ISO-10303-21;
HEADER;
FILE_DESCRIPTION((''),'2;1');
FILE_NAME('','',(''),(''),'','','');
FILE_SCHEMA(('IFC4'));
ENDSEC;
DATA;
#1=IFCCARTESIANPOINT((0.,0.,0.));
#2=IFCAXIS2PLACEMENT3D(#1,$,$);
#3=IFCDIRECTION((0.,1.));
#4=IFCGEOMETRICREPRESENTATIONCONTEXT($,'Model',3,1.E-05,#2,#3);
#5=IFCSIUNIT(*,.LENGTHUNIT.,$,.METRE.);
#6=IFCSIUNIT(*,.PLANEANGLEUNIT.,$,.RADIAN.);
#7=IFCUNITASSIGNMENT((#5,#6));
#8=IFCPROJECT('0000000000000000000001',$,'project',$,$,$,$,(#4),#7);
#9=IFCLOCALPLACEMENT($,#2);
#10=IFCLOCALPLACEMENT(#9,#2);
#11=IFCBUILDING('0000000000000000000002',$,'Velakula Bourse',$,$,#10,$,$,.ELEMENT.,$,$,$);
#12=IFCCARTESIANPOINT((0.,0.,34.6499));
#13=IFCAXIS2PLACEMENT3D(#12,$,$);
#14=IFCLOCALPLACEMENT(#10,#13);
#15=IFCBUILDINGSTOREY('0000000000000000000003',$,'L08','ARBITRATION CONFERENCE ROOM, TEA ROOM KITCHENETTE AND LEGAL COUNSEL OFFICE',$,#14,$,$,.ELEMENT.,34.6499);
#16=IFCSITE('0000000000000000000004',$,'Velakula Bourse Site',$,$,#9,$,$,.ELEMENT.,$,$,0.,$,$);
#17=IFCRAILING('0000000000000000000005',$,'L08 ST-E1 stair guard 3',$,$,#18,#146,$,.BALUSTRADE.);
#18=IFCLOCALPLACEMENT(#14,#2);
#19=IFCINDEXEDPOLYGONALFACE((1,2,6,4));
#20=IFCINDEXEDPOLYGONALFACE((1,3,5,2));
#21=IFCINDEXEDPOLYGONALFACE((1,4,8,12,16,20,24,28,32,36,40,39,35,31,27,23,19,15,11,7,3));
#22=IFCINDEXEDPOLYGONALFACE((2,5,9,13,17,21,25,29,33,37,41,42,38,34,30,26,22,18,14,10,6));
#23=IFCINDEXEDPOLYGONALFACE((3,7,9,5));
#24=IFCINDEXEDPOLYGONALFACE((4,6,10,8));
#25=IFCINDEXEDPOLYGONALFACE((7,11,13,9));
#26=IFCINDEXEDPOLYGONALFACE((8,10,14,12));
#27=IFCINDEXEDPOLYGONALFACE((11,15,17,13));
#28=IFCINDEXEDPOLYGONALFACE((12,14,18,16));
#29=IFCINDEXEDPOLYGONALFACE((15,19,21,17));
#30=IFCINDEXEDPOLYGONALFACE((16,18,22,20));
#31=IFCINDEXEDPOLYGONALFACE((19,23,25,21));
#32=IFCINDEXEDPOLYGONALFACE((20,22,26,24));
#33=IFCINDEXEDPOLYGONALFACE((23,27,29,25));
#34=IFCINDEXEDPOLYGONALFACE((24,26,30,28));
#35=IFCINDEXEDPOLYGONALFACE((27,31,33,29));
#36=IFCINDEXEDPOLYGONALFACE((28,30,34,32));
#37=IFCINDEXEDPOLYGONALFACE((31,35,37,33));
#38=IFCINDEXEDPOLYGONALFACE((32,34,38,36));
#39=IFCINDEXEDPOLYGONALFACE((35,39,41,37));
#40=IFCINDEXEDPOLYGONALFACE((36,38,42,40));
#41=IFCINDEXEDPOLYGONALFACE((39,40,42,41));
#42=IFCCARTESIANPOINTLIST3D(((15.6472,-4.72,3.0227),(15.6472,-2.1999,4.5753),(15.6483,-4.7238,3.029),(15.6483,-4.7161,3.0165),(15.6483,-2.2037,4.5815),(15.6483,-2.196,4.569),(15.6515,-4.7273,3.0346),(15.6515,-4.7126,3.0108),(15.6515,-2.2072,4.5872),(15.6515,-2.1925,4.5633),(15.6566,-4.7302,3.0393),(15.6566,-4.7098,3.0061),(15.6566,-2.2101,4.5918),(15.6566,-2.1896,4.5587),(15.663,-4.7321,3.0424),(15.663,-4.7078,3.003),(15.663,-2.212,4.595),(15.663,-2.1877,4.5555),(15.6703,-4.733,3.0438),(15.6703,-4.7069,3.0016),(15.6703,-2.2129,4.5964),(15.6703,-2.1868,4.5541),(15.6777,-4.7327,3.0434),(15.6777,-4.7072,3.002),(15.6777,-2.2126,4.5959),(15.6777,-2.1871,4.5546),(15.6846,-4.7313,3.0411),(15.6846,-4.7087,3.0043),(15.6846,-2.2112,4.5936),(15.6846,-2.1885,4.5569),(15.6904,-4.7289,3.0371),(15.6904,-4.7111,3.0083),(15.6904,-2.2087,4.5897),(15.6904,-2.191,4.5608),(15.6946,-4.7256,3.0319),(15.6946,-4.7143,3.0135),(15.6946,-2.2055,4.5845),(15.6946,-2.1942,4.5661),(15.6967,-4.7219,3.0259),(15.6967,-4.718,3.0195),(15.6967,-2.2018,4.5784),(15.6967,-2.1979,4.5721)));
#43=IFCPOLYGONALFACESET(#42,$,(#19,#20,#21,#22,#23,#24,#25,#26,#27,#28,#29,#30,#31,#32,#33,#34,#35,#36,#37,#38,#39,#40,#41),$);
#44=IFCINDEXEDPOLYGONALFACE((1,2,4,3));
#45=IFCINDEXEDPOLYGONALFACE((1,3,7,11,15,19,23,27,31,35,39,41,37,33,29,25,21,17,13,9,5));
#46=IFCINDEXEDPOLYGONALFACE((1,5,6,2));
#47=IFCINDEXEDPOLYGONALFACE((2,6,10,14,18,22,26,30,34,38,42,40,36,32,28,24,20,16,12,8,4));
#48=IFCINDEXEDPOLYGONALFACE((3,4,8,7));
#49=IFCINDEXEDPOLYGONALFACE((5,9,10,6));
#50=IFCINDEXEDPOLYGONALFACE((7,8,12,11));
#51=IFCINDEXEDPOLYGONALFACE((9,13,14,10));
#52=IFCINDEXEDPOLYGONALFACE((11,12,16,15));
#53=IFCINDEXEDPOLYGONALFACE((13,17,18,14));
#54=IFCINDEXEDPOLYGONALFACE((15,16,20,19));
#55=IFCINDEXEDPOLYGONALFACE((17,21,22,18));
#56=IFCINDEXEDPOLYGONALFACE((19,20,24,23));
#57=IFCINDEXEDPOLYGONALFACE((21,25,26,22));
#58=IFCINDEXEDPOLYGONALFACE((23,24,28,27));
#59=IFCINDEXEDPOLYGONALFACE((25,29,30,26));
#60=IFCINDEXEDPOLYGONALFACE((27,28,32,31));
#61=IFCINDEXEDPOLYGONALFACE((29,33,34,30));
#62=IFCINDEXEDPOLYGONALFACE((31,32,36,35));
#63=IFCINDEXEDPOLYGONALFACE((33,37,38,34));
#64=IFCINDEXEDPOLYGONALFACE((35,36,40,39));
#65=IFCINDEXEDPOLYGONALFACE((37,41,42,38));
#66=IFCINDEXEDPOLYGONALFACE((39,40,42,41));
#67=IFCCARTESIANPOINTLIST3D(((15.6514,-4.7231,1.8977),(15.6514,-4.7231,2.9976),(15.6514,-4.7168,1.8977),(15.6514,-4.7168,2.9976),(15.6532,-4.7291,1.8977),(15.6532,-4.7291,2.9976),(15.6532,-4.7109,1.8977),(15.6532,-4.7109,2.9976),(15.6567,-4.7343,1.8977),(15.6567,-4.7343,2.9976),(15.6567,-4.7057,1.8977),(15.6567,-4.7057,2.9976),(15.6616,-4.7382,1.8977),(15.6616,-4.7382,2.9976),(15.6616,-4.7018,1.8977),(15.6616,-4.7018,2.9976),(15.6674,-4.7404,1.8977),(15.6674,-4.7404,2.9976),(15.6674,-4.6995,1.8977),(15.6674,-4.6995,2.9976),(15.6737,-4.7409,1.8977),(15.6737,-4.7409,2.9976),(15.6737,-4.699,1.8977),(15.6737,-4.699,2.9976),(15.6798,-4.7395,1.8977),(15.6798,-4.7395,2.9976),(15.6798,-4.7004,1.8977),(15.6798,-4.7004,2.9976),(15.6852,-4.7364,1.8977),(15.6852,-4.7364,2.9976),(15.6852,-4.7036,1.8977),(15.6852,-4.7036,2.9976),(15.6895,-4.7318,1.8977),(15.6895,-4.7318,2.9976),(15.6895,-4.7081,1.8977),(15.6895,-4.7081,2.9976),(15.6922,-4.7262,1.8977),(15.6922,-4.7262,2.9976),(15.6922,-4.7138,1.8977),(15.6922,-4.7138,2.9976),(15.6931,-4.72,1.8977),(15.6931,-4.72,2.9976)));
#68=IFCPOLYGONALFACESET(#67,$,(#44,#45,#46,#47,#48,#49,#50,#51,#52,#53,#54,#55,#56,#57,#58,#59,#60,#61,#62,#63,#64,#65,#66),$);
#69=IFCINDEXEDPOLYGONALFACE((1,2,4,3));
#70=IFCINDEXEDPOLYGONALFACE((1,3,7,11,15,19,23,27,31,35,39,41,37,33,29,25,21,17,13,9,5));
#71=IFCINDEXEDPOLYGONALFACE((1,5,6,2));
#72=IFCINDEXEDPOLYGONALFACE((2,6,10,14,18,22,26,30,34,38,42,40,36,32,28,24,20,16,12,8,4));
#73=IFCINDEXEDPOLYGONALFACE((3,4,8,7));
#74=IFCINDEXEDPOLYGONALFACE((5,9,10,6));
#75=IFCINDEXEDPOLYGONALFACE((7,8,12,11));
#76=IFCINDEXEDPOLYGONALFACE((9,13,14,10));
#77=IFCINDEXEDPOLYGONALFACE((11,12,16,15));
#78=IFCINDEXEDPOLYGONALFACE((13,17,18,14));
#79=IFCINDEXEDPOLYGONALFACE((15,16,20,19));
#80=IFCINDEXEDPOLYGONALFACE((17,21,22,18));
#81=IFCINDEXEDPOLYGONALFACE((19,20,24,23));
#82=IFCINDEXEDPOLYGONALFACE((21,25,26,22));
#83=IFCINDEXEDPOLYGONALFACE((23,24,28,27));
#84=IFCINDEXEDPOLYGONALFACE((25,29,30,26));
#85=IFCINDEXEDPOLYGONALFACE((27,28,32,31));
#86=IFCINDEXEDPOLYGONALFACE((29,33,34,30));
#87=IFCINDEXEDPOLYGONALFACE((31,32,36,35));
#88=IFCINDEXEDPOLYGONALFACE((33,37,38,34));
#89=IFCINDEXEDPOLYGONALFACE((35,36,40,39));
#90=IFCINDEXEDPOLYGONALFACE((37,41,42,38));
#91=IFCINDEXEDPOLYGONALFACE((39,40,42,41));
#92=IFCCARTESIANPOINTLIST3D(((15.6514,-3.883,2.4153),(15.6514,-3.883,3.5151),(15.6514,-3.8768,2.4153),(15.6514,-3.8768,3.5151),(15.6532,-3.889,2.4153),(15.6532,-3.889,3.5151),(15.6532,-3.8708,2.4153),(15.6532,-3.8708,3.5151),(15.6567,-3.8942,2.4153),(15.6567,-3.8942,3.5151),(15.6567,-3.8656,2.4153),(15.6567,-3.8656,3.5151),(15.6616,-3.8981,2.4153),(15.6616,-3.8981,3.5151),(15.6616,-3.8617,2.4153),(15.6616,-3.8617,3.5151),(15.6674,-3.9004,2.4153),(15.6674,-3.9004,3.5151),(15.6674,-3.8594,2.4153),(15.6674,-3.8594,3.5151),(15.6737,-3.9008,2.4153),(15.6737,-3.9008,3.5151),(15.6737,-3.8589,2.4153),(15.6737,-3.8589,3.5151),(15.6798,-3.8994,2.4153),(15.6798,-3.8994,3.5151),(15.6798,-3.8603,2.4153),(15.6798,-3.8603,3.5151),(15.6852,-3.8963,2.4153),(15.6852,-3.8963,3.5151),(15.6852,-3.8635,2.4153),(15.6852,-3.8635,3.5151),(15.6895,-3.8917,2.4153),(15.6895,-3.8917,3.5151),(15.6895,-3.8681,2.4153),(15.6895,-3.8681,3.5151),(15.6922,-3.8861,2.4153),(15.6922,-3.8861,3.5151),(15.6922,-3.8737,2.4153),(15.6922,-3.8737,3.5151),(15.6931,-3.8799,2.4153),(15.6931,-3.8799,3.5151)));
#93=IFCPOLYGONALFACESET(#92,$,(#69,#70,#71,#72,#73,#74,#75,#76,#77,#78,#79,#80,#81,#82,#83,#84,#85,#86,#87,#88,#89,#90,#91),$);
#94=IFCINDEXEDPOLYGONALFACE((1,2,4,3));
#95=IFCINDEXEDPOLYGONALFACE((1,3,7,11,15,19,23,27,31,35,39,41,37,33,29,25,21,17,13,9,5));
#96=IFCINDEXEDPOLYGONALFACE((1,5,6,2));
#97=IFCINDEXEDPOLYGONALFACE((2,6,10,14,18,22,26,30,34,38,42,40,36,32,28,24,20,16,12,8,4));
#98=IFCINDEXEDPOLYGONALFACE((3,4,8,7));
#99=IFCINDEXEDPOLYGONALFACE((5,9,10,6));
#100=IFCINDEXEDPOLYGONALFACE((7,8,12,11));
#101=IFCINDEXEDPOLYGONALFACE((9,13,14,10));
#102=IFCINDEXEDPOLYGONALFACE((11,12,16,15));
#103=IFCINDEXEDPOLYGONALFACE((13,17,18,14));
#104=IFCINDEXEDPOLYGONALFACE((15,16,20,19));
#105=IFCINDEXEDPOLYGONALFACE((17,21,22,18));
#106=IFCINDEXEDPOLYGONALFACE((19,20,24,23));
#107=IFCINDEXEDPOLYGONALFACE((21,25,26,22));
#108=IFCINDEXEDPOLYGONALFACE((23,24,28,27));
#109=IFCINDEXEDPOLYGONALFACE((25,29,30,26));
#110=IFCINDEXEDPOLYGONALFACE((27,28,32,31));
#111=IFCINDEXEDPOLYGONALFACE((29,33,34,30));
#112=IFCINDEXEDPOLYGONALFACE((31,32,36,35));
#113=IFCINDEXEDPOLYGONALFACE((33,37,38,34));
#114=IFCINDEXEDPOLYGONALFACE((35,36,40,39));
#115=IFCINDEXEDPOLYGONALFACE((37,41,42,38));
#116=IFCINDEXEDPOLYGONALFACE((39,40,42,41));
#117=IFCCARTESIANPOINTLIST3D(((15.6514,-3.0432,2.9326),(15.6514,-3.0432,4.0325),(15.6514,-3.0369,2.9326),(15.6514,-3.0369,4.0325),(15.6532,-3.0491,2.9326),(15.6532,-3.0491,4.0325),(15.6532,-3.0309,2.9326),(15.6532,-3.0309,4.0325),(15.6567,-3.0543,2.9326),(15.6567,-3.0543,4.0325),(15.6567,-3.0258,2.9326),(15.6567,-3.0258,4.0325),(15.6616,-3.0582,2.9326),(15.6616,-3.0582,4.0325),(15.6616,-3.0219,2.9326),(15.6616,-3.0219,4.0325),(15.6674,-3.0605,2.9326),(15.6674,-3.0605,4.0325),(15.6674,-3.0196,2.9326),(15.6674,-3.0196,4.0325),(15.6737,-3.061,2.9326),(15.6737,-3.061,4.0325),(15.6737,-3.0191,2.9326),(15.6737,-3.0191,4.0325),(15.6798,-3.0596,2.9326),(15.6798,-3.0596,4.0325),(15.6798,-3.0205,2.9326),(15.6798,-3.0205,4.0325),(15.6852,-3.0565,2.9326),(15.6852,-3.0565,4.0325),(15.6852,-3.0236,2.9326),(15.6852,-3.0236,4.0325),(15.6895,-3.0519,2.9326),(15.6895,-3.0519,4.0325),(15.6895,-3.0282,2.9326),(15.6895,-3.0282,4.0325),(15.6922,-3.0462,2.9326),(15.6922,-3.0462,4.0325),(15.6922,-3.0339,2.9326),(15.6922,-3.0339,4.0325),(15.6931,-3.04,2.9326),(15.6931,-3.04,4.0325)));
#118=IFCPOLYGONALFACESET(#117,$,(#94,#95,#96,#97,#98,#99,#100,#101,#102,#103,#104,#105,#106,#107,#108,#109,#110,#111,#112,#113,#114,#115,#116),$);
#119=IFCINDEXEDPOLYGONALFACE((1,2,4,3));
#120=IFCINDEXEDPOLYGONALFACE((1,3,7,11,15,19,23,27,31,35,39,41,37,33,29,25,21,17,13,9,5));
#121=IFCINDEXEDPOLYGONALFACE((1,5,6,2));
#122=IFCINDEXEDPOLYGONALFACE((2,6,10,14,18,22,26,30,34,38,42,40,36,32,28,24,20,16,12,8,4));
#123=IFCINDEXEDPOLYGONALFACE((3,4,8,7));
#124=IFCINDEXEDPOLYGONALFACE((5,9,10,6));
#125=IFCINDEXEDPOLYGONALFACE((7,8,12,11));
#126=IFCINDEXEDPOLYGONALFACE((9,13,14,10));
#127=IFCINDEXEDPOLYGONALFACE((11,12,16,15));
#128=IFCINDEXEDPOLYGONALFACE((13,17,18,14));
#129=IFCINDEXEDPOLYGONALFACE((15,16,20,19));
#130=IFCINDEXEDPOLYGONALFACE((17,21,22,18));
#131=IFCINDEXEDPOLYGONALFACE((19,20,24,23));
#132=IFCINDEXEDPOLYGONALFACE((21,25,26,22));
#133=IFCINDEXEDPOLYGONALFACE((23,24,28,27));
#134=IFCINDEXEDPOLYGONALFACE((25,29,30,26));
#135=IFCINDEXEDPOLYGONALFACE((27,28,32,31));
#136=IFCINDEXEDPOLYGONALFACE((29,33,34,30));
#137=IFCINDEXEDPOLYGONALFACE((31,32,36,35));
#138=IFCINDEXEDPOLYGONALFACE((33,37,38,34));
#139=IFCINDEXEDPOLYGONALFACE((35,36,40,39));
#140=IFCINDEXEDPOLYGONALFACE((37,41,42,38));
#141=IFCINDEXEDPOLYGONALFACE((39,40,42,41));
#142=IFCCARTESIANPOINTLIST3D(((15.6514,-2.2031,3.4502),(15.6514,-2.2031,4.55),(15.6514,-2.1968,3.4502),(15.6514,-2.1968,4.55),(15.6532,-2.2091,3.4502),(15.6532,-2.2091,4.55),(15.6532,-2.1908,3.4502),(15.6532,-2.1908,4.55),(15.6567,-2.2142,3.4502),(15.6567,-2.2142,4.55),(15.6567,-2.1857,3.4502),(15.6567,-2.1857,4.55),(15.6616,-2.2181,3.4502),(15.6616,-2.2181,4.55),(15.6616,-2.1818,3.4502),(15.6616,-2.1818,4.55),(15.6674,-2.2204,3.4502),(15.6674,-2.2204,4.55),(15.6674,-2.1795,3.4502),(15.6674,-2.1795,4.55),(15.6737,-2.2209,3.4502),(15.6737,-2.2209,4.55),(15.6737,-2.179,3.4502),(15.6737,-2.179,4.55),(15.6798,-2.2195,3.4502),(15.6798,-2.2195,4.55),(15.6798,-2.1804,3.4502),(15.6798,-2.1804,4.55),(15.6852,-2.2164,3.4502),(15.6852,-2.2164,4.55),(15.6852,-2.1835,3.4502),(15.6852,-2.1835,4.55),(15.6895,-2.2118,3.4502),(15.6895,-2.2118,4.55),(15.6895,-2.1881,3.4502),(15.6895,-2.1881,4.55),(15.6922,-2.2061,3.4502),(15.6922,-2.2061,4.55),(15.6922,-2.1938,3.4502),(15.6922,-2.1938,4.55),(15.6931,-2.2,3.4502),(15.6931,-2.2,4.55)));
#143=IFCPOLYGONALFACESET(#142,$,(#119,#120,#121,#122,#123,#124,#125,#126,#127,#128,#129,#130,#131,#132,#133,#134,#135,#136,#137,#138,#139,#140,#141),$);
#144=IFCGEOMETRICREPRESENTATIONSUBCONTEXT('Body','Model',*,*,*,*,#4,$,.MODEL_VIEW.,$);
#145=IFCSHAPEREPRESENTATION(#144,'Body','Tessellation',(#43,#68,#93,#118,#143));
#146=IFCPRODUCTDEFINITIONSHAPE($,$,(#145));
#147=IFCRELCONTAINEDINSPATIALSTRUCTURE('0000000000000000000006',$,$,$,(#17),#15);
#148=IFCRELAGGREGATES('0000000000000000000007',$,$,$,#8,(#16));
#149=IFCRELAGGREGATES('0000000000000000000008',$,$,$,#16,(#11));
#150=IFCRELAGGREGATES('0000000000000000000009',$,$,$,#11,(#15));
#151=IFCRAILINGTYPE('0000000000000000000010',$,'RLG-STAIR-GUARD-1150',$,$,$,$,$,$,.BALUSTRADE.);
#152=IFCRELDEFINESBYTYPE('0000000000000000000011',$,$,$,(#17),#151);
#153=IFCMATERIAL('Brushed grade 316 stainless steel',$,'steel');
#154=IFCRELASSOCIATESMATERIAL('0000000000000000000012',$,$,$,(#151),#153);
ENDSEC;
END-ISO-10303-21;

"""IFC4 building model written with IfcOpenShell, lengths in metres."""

from ifc_helpers import new_model, si_unit, direction, frame, origin, origin_2d, place, context, subcontext, project, spatial, circle, extrude, material, type_object, element, save


model = new_model("IFC4")

# Units and contexts
model_context = context("Model", 3, precision=1e-05, world=origin(), true_north=direction((0.0, 1.0)))
body_context = subcontext(model_context, "Body", "Model", "MODEL_VIEW")
ifc_project = project(units=[si_unit("LENGTHUNIT", "METRE"), si_unit("PLANEANGLEUNIT", "RADIAN")], contexts=[model_context])

# Site, building, storey
site_placement = place(None, origin())
site = spatial("IfcSite", under=ifc_project, at=site_placement, Name="Velakula Bourse Site", CompositionType="ELEMENT", RefElevation=0.0)
building_placement = place(site_placement, origin())
building = spatial("IfcBuilding", under=site, at=building_placement, Name="Velakula Bourse", CompositionType="ELEMENT")
storey_placement = place(building_placement, frame((0.0, 0.0, 34.6499)))
storey = spatial("IfcBuildingStorey", under=building, at=storey_placement, Name="L08", Description="ARBITRATION CONFERENCE ROOM, TEA ROOM KITCHENETTE AND LEGAL COUNSEL OFFICE", CompositionType="ELEMENT", Elevation=34.6499)

# Shared definitions
ifc_material_1 = material(Name="Brushed grade 316 stainless steel", Category="steel")

# Railing
railing_type_1 = type_object("IfcRailingType", Name="RLG-STAIR-GUARD-1150", PredefinedType="BALUSTRADE", material=ifc_material_1)
railing_1_placement = place(storey_placement, frame((15.6721, -4.72, 1.8977)))
element("IfcRailing", 1, at=railing_1_placement, inside=storey, type_object=railing_type_1, Name="L08 ST-E1 stair guard 3", PredefinedType="BALUSTRADE", context=body_context, shape_type="SweptSolid", body=[
    extrude(circle(Radius=0.0249, at=origin_2d()), frame((0.0, 0.0, 1.125), z_axis=(0.0, 0.8514, 0.524516), x_axis=(-1.0, 0.0, 0.0)), (0.0, 0.0, 1.0), 2.96),
    extrude(circle(Radius=0.021, at=origin_2d()), origin(), (0.0, 0.0, 1.0), 1.0999),
    extrude(circle(Radius=0.021, at=origin_2d()), frame((0.0, 0.8401, 0.5176)), (0.0, 0.0, 1.0), 1.0999),
    extrude(circle(Radius=0.021, at=origin_2d()), frame((0.0, 1.6799, 1.0349)), (0.0, 0.0, 1.0), 1.0999),
    extrude(circle(Radius=0.021, at=origin_2d()), frame((0.0, 2.52, 1.5525)), (0.0, 0.0, 1.0), 1.0999),
])

save(model, "model.ifc")
